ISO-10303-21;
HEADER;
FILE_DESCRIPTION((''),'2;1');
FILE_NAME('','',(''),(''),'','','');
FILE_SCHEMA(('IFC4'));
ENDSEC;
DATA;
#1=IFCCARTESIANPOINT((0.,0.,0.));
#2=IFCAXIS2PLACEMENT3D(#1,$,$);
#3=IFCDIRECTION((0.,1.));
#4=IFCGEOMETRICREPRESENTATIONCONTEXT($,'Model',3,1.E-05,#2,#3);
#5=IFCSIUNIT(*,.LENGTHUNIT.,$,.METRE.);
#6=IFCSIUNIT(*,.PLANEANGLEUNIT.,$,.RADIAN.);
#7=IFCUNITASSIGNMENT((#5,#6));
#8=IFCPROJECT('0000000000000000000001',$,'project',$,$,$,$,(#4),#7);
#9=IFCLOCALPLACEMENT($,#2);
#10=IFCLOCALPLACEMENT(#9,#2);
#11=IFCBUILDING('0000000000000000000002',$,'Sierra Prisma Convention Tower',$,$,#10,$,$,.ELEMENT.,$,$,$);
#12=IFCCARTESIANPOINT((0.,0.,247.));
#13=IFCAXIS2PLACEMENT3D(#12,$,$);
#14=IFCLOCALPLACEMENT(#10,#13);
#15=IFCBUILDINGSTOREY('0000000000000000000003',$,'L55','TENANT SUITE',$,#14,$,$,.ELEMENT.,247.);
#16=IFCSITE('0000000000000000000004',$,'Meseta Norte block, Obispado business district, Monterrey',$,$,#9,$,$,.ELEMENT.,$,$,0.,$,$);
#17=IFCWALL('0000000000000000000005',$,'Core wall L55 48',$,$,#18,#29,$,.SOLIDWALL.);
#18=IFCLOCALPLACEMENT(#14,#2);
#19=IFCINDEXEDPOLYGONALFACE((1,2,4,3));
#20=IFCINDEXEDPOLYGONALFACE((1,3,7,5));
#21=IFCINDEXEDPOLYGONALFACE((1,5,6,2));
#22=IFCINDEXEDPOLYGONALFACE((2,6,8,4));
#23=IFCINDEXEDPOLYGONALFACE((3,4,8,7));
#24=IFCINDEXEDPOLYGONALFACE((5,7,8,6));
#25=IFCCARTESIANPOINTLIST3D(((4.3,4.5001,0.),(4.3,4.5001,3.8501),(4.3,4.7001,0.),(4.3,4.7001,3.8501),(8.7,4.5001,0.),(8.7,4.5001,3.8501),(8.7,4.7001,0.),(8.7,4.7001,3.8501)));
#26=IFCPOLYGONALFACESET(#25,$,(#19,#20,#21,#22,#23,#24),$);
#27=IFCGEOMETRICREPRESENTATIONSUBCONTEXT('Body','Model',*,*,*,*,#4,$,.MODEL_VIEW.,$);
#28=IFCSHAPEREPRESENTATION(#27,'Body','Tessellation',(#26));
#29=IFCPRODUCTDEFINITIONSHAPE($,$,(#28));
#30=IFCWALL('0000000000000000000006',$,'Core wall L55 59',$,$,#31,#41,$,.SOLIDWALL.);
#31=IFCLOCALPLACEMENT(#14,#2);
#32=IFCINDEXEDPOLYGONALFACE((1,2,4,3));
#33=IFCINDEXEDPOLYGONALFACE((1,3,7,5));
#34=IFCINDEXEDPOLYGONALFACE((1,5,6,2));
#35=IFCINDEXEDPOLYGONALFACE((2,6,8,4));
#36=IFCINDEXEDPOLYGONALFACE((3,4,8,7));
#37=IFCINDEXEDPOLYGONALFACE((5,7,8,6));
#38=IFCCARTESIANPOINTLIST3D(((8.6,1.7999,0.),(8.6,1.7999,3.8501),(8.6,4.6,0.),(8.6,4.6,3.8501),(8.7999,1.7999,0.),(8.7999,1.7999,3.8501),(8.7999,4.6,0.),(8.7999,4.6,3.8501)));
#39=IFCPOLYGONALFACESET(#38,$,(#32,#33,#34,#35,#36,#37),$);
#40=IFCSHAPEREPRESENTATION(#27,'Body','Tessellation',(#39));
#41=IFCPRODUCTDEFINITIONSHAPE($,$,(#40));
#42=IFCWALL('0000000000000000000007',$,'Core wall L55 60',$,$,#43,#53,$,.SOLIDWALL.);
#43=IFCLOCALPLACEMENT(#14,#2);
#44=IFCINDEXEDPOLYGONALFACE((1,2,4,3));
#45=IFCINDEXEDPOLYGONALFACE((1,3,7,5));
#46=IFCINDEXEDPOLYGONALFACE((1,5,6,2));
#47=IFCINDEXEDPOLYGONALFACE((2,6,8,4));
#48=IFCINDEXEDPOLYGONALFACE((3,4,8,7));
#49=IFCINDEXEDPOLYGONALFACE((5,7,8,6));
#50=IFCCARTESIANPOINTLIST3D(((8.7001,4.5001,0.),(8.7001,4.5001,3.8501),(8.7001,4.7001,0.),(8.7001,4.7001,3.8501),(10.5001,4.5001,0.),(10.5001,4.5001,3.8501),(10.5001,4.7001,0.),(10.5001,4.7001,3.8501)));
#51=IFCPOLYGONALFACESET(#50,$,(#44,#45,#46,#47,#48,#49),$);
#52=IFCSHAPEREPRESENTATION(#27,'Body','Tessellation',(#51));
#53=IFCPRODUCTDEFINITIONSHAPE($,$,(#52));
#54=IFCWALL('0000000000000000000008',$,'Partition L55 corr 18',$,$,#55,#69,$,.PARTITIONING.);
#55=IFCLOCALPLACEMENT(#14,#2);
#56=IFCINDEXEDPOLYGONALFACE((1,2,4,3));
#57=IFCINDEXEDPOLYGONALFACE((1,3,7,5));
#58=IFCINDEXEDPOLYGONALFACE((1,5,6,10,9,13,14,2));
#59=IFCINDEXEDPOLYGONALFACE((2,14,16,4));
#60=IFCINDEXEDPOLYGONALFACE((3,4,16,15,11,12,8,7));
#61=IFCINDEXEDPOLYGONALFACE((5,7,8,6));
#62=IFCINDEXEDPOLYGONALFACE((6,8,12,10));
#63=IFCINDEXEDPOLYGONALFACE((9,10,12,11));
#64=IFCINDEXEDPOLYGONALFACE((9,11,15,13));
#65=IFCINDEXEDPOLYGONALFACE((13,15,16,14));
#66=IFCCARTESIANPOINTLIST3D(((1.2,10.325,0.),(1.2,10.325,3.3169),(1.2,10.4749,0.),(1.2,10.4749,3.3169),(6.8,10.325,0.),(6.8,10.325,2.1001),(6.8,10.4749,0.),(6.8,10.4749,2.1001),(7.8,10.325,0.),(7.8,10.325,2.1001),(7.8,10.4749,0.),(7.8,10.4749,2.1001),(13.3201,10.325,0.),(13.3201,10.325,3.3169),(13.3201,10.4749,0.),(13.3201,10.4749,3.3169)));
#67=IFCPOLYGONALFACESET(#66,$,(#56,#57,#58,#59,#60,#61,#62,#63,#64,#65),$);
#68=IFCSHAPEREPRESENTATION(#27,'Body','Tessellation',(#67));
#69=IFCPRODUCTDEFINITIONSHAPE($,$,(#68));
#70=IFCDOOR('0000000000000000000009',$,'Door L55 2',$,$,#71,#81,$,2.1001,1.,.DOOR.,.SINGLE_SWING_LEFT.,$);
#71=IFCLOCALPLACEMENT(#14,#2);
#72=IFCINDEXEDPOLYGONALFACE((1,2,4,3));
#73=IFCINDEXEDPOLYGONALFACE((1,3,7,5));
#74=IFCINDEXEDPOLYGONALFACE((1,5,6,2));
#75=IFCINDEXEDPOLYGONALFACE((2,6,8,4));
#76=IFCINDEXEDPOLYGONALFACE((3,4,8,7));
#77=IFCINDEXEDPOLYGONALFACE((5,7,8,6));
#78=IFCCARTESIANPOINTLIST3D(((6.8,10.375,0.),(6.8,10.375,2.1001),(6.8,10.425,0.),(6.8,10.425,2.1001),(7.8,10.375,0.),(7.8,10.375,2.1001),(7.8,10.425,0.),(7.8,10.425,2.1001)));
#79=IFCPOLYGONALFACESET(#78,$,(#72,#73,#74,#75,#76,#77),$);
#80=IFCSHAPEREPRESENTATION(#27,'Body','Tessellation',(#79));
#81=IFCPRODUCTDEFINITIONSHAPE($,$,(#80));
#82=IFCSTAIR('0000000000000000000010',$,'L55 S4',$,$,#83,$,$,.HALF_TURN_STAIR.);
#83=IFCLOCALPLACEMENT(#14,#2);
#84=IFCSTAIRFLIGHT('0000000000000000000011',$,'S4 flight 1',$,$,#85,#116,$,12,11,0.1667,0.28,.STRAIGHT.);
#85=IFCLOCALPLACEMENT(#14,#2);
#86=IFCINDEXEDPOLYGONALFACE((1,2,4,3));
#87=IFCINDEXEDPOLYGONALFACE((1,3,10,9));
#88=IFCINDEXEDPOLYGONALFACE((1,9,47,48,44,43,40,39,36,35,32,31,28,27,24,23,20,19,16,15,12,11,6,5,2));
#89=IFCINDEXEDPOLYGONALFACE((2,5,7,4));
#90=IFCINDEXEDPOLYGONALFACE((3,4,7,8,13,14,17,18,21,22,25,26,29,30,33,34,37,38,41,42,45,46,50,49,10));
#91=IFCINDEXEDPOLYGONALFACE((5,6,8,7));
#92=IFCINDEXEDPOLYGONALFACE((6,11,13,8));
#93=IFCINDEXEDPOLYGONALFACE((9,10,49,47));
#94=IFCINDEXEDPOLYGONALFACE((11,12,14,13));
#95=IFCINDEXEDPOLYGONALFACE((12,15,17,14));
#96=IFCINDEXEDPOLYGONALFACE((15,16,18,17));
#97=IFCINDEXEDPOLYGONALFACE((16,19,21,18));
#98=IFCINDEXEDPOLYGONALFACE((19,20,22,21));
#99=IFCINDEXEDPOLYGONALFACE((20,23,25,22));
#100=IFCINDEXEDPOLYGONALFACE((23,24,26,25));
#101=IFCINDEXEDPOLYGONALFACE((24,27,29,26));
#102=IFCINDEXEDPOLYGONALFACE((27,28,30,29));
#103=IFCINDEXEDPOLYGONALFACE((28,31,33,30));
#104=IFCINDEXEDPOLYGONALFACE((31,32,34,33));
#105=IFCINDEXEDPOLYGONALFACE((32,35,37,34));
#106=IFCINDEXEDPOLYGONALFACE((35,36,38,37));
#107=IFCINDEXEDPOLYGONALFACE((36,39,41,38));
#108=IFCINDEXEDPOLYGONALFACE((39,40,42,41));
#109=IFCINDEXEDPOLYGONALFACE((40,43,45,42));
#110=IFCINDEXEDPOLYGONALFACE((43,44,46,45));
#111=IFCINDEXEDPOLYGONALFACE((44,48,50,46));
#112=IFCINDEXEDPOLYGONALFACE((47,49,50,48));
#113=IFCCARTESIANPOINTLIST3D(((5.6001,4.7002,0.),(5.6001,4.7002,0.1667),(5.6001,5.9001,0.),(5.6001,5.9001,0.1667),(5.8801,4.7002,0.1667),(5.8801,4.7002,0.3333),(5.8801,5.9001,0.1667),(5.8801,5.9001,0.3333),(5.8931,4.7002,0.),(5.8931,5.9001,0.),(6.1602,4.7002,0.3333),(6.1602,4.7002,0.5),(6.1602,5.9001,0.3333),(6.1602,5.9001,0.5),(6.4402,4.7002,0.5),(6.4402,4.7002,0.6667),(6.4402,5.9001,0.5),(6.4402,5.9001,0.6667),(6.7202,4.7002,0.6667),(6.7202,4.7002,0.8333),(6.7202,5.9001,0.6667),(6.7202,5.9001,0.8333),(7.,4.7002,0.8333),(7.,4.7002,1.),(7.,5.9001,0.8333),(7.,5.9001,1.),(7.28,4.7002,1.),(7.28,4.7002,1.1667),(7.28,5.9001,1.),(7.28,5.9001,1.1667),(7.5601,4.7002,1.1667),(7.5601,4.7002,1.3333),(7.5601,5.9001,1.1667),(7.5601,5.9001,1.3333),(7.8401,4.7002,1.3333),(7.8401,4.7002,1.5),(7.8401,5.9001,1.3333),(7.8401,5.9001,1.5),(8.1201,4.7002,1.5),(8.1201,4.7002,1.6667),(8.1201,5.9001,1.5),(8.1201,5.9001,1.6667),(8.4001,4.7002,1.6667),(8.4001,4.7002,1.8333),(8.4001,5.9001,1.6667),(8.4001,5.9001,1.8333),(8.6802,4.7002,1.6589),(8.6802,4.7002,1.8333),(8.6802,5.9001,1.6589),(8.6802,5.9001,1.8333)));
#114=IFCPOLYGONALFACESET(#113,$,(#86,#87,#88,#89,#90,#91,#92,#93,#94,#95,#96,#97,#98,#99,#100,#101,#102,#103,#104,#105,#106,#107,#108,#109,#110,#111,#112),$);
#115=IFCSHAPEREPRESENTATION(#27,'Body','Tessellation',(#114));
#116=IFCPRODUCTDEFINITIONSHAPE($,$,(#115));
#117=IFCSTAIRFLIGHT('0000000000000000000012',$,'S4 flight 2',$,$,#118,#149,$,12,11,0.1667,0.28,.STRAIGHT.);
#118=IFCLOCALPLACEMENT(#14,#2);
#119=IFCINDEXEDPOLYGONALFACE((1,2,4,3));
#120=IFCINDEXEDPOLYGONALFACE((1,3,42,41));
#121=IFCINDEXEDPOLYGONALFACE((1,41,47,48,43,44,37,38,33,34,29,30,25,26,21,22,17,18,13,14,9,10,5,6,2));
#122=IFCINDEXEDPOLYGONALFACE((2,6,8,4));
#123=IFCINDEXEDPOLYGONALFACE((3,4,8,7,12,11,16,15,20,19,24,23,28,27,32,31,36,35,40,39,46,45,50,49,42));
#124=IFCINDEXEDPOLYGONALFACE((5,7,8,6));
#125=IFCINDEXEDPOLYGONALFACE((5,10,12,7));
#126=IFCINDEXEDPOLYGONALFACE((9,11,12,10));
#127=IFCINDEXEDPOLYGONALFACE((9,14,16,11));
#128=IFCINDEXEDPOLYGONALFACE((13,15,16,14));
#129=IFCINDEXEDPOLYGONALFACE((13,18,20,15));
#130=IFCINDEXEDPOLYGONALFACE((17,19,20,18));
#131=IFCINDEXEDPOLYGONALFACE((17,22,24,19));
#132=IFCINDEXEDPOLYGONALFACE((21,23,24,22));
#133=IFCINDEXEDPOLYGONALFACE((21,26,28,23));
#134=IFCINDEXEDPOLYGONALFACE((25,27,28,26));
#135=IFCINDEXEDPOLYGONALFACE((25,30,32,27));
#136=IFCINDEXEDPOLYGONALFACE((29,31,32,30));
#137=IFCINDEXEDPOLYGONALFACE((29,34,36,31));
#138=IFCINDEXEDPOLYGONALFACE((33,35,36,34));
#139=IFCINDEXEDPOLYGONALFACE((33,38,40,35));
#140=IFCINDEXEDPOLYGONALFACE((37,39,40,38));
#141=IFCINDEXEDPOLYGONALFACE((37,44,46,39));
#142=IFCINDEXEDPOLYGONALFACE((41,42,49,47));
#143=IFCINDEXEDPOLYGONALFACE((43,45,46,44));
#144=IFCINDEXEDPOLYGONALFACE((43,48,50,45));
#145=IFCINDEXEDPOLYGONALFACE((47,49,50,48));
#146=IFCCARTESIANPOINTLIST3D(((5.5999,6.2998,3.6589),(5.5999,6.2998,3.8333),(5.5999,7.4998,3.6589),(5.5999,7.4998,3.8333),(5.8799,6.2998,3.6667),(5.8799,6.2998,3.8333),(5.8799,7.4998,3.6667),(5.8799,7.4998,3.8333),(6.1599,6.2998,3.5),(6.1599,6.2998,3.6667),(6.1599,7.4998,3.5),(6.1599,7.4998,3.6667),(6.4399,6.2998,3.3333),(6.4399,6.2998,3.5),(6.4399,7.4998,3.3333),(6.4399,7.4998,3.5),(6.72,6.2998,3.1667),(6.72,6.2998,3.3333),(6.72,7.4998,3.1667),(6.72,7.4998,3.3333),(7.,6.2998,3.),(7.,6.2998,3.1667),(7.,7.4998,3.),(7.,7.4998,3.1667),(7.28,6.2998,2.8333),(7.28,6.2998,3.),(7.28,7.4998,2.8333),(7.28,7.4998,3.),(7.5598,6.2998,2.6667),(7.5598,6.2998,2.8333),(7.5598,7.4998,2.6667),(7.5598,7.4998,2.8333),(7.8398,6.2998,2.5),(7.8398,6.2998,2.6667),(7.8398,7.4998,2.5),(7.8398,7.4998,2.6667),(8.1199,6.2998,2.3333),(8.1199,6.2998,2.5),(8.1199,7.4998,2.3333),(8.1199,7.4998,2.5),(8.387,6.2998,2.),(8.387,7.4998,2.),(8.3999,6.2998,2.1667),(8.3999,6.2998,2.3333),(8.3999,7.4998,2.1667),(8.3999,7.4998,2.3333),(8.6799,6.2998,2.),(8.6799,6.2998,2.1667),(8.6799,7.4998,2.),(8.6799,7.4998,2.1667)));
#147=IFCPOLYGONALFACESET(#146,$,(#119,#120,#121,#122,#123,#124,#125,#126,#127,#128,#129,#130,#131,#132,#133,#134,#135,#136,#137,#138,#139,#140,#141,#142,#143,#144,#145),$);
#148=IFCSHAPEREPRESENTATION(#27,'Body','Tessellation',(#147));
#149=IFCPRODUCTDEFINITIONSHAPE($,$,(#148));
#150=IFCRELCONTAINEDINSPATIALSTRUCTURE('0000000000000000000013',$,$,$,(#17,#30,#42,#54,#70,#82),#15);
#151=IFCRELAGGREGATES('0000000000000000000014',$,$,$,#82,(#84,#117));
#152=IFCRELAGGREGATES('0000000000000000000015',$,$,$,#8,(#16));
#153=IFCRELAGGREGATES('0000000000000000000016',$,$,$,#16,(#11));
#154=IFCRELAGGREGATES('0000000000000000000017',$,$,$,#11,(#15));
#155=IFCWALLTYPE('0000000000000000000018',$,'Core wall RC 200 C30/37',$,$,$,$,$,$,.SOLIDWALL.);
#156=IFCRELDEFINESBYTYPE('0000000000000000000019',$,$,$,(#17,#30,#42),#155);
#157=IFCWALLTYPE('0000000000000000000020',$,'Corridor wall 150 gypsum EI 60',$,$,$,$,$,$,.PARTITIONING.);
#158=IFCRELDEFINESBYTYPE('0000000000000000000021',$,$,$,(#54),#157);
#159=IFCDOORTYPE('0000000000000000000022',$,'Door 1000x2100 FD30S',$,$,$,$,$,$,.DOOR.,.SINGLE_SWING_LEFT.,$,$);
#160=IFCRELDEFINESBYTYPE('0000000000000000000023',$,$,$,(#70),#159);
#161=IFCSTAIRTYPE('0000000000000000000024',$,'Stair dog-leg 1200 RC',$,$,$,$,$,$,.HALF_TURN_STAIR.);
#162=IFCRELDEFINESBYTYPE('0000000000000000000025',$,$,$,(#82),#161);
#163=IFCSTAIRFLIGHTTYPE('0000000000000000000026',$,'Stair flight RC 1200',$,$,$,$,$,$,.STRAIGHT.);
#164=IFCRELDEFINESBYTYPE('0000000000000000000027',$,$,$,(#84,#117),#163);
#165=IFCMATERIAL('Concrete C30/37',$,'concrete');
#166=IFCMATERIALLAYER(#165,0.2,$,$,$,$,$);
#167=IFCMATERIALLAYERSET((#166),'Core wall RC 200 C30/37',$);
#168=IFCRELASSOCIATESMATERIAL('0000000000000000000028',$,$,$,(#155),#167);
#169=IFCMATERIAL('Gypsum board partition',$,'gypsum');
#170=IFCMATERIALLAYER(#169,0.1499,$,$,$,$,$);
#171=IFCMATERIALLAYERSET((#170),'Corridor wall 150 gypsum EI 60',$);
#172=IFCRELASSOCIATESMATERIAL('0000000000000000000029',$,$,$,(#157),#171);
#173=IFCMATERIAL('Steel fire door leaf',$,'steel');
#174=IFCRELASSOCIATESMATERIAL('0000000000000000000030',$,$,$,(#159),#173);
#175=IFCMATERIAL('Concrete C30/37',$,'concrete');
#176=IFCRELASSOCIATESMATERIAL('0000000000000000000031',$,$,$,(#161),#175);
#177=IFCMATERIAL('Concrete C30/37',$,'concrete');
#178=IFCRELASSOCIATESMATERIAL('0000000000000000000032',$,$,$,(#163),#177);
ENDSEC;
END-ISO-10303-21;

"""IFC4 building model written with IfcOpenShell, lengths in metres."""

from ifc_helpers import new_model, si_unit, direction, frame, frame_2d, origin, place, context, subcontext, project, spatial, polyline, rectangle, outline, extrude, material, layer, layer_set, type_object, element, fill, aggregate, save


model = new_model("IFC4")

# Units and contexts
model_context = context("Model", 3, precision=1e-05, world=origin(), true_north=direction((0.0, 1.0)))
body_context = subcontext(model_context, "Body", "Model", "MODEL_VIEW")
ifc_project = project(units=[si_unit("LENGTHUNIT", "METRE"), si_unit("PLANEANGLEUNIT", "RADIAN")], contexts=[model_context])

# Site, building, storey
site_placement = place(None, origin())
site = spatial("IfcSite", under=ifc_project, at=site_placement, Name="Meseta Norte block, Obispado business district, Monterrey", CompositionType="ELEMENT", RefElevation=0.0)
building_placement = place(site_placement, origin())
building = spatial("IfcBuilding", under=site, at=building_placement, Name="Sierra Prisma Convention Tower", CompositionType="ELEMENT")
storey_placement = place(building_placement, frame((0.0, 0.0, 247.0)))
storey = spatial("IfcBuildingStorey", under=building, at=storey_placement, Name="L55", Description="TENANT SUITE", CompositionType="ELEMENT", Elevation=247.0)

# Wall
ifc_material_1 = material(Name="Concrete C30/37", Category="concrete")
ifc_layer_1 = layer(ifc_material_1, 0.2)
ifc_layer_set_1 = layer_set([ifc_layer_1], Name="Core wall RC 200 C30/37")
wall_type_1 = type_object("IfcWallType", Name="Core wall RC 200 C30/37", PredefinedType="SOLIDWALL", material=ifc_layer_set_1)
wall_1_placement = place(storey_placement, frame((8.7, 4.6001, 0.0), z_axis=(0.0, 0.0, 1.0), x_axis=(-1.0, 0.0, 0.0)))
element("IfcWall", 1, at=wall_1_placement, inside=storey, type_object=wall_type_1, Name="Core wall L55 48", PredefinedType="SOLIDWALL", context=body_context, shape_type="SweptSolid", body=[
    extrude(rectangle(XDim=4.3999, YDim=0.2, at=frame_2d((2.2, 0.0))), origin(), (0.0, 0.0, 1.0), 3.8501),
])

# Walls
wall_2_placement = place(storey_placement, frame((8.7, 1.8, 0.0), z_axis=(0.0, 0.0, 1.0), x_axis=(0.0, 1.0, 0.0)))
element("IfcWall", 2, at=wall_2_placement, inside=storey, type_object=wall_type_1, Name="Core wall L55 59", PredefinedType="SOLIDWALL", context=body_context, shape_type="SweptSolid", body=[
    extrude(rectangle(XDim=2.8, YDim=0.2, at=frame_2d((1.3999, 0.0))), origin(), (0.0, 0.0, 1.0), 3.8501),
])
wall_3_placement = place(storey_placement, frame((10.5, 4.6001, 0.0), z_axis=(0.0, 0.0, 1.0), x_axis=(-1.0, 0.0, 0.0)))
element("IfcWall", 3, at=wall_3_placement, inside=storey, type_object=wall_type_1, Name="Core wall L55 60", PredefinedType="SOLIDWALL", context=body_context, shape_type="SweptSolid", body=[
    extrude(rectangle(XDim=1.8, YDim=0.2, at=frame_2d((0.8999, 0.0))), origin(), (0.0, 0.0, 1.0), 3.8501),
])

# Wall, opening, door
ifc_material_2 = material(Name="Gypsum board partition", Category="gypsum")
ifc_layer_2 = layer(ifc_material_2, 0.1499)
ifc_layer_set_2 = layer_set([ifc_layer_2], Name="Corridor wall 150 gypsum EI 60")
wall_type_2 = type_object("IfcWallType", Name="Corridor wall 150 gypsum EI 60", PredefinedType="PARTITIONING", material=ifc_layer_set_2)
wall_4_placement = place(storey_placement, frame((13.3201, 10.3999, 0.0), z_axis=(0.0, 0.0, 1.0), x_axis=(-1.0, 0.0, 0.0)))
wall_4 = element("IfcWall", 4, at=wall_4_placement, inside=storey, type_object=wall_type_2, Name="Partition L55 corr 18", PredefinedType="PARTITIONING", context=body_context, shape_type="SweptSolid", body=[
    extrude(rectangle(XDim=12.1201, YDim=0.1499, at=frame_2d((6.0601, 0.0))), origin(), (0.0, 0.0, 1.0), 3.3169),
])
opening_1_placement = place(wall_4_placement, frame((5.52, 0.0, 0.0)))
opening_1 = element("IfcOpeningElement", 5, at=opening_1_placement, cuts=wall_4, PredefinedType="OPENING", context=body_context, shape_type="SweptSolid", body=[
    extrude(rectangle(XDim=1.0, YDim=2.1001, at=frame_2d((0.5, 1.05))), frame((0.0, 0.075, 0.0), z_axis=(0.0, -1.0, 0.0), x_axis=(1.0, 0.0, 0.0)), (0.0, 0.0, 1.0), 0.1499),
])
ifc_material_3 = material(Name="Steel fire door leaf", Category="steel")
door_type_1 = type_object("IfcDoorType", Name="Door 1000x2100 FD30S", OperationType="SINGLE_SWING_LEFT", PredefinedType="DOOR", material=ifc_material_3)
door_1_placement = place(opening_1_placement, origin())
door_1 = element("IfcDoor", 6, at=door_1_placement, inside=storey, type_object=door_type_1, Name="Door L55 2", OperationType="SINGLE_SWING_LEFT", OverallHeight=2.1001, OverallWidth=1.0, PredefinedType="DOOR", context=body_context, shape_type="SweptSolid", body=[
    extrude(rectangle(XDim=1.0, YDim=2.1001, at=frame_2d((0.5, 1.05))), frame((0.0, 0.0249, 0.0), z_axis=(0.0, -1.0, 0.0), x_axis=(1.0, 0.0, 0.0)), (0.0, 0.0, 1.0), 0.05),
])
fill(opening_1, door_1)

# Stair, stair flights
ifc_material_4 = material(Name="Concrete C30/37", Category="concrete")
stair_type = type_object("IfcStairType", Name="Stair dog-leg 1200 RC", PredefinedType="HALF_TURN_STAIR", material=ifc_material_4)
stair_placement = place(storey_placement, origin())
stair = element("IfcStair", 7, at=stair_placement, inside=storey, type_object=stair_type, Name="L55 S4", PredefinedType="HALF_TURN_STAIR")
ifc_material_5 = material(Name="Concrete C30/37", Category="concrete")
stair_flight_type = type_object("IfcStairFlightType", Name="Stair flight RC 1200", PredefinedType="STRAIGHT", material=ifc_material_5)
stair_flight_1_placement = place(storey_placement, frame((5.6001, 5.3, 0.0), z_axis=(0.0, 0.0, 1.0), x_axis=(1.0, 0.0, 0.0)))
stair_flight_1 = element("IfcStairFlight", 8, at=stair_flight_1_placement, type_object=stair_flight_type, Name="S4 flight 1", NumberOfRisers=12, NumberOfTreads=11, PredefinedType="STRAIGHT", RiserHeight=0.1667, TreadLength=0.28, context=body_context, shape_type="SweptSolid", body=[
    extrude(outline(polyline([(0.0, 0.0), (0.0, 0.1667), (0.28, 0.1667), (0.28, 0.3333), (0.5601, 0.3333), (0.5601, 0.5), (0.8401, 0.5), (0.8401, 0.6667), (1.1201, 0.6667), (1.1201, 0.8333), (1.3999, 0.8333), (1.3999, 1.0), (1.6799, 1.0), (1.6799, 1.1667), (1.96, 1.1667), (1.96, 1.3333), (2.24, 1.3333), (2.24, 1.5), (2.52, 1.5), (2.52, 1.6667), (2.8, 1.6667), (2.8, 1.8333), (3.0801, 1.8333), (3.0801, 2.0), (3.0801, 1.6589), (0.293, 0.0), (0.0, 0.0)])), frame((0.0, 0.6001, 0.0), z_axis=(0.0, -1.0, 0.0), x_axis=(1.0, 0.0, 0.0)), (0.0, 0.0, 1.0), 1.2),
])
stair_flight_2_placement = place(storey_placement, frame((8.6799, 6.8999, 2.0), z_axis=(0.0, 0.0, 1.0), x_axis=(-1.0, 0.0, 0.0)))
stair_flight_2 = element("IfcStairFlight", 9, at=stair_flight_2_placement, type_object=stair_flight_type, Name="S4 flight 2", NumberOfRisers=12, NumberOfTreads=11, PredefinedType="STRAIGHT", RiserHeight=0.1667, TreadLength=0.28, context=body_context, shape_type="SweptSolid", body=[
    extrude(outline(polyline([(0.0, 0.0), (0.0, 0.1667), (0.28, 0.1667), (0.28, 0.3333), (0.5601, 0.3333), (0.5601, 0.5), (0.8401, 0.5), (0.8401, 0.6667), (1.1201, 0.6667), (1.1201, 0.8333), (1.3999, 0.8333), (1.3999, 1.0), (1.6799, 1.0), (1.6799, 1.1667), (1.96, 1.1667), (1.96, 1.3333), (2.24, 1.3333), (2.24, 1.5), (2.52, 1.5), (2.52, 1.6667), (2.8, 1.6667), (2.8, 1.8333), (3.0801, 1.8333), (3.0801, 2.0), (3.0801, 1.6589), (0.293, 0.0), (0.0, 0.0)])), frame((0.0, 0.6001, 0.0), z_axis=(0.0, -1.0, 0.0), x_axis=(1.0, 0.0, 0.0)), (0.0, 0.0, 1.0), 1.2),
])
aggregate(stair, [stair_flight_1, stair_flight_2])

save(model, "model.ifc")
